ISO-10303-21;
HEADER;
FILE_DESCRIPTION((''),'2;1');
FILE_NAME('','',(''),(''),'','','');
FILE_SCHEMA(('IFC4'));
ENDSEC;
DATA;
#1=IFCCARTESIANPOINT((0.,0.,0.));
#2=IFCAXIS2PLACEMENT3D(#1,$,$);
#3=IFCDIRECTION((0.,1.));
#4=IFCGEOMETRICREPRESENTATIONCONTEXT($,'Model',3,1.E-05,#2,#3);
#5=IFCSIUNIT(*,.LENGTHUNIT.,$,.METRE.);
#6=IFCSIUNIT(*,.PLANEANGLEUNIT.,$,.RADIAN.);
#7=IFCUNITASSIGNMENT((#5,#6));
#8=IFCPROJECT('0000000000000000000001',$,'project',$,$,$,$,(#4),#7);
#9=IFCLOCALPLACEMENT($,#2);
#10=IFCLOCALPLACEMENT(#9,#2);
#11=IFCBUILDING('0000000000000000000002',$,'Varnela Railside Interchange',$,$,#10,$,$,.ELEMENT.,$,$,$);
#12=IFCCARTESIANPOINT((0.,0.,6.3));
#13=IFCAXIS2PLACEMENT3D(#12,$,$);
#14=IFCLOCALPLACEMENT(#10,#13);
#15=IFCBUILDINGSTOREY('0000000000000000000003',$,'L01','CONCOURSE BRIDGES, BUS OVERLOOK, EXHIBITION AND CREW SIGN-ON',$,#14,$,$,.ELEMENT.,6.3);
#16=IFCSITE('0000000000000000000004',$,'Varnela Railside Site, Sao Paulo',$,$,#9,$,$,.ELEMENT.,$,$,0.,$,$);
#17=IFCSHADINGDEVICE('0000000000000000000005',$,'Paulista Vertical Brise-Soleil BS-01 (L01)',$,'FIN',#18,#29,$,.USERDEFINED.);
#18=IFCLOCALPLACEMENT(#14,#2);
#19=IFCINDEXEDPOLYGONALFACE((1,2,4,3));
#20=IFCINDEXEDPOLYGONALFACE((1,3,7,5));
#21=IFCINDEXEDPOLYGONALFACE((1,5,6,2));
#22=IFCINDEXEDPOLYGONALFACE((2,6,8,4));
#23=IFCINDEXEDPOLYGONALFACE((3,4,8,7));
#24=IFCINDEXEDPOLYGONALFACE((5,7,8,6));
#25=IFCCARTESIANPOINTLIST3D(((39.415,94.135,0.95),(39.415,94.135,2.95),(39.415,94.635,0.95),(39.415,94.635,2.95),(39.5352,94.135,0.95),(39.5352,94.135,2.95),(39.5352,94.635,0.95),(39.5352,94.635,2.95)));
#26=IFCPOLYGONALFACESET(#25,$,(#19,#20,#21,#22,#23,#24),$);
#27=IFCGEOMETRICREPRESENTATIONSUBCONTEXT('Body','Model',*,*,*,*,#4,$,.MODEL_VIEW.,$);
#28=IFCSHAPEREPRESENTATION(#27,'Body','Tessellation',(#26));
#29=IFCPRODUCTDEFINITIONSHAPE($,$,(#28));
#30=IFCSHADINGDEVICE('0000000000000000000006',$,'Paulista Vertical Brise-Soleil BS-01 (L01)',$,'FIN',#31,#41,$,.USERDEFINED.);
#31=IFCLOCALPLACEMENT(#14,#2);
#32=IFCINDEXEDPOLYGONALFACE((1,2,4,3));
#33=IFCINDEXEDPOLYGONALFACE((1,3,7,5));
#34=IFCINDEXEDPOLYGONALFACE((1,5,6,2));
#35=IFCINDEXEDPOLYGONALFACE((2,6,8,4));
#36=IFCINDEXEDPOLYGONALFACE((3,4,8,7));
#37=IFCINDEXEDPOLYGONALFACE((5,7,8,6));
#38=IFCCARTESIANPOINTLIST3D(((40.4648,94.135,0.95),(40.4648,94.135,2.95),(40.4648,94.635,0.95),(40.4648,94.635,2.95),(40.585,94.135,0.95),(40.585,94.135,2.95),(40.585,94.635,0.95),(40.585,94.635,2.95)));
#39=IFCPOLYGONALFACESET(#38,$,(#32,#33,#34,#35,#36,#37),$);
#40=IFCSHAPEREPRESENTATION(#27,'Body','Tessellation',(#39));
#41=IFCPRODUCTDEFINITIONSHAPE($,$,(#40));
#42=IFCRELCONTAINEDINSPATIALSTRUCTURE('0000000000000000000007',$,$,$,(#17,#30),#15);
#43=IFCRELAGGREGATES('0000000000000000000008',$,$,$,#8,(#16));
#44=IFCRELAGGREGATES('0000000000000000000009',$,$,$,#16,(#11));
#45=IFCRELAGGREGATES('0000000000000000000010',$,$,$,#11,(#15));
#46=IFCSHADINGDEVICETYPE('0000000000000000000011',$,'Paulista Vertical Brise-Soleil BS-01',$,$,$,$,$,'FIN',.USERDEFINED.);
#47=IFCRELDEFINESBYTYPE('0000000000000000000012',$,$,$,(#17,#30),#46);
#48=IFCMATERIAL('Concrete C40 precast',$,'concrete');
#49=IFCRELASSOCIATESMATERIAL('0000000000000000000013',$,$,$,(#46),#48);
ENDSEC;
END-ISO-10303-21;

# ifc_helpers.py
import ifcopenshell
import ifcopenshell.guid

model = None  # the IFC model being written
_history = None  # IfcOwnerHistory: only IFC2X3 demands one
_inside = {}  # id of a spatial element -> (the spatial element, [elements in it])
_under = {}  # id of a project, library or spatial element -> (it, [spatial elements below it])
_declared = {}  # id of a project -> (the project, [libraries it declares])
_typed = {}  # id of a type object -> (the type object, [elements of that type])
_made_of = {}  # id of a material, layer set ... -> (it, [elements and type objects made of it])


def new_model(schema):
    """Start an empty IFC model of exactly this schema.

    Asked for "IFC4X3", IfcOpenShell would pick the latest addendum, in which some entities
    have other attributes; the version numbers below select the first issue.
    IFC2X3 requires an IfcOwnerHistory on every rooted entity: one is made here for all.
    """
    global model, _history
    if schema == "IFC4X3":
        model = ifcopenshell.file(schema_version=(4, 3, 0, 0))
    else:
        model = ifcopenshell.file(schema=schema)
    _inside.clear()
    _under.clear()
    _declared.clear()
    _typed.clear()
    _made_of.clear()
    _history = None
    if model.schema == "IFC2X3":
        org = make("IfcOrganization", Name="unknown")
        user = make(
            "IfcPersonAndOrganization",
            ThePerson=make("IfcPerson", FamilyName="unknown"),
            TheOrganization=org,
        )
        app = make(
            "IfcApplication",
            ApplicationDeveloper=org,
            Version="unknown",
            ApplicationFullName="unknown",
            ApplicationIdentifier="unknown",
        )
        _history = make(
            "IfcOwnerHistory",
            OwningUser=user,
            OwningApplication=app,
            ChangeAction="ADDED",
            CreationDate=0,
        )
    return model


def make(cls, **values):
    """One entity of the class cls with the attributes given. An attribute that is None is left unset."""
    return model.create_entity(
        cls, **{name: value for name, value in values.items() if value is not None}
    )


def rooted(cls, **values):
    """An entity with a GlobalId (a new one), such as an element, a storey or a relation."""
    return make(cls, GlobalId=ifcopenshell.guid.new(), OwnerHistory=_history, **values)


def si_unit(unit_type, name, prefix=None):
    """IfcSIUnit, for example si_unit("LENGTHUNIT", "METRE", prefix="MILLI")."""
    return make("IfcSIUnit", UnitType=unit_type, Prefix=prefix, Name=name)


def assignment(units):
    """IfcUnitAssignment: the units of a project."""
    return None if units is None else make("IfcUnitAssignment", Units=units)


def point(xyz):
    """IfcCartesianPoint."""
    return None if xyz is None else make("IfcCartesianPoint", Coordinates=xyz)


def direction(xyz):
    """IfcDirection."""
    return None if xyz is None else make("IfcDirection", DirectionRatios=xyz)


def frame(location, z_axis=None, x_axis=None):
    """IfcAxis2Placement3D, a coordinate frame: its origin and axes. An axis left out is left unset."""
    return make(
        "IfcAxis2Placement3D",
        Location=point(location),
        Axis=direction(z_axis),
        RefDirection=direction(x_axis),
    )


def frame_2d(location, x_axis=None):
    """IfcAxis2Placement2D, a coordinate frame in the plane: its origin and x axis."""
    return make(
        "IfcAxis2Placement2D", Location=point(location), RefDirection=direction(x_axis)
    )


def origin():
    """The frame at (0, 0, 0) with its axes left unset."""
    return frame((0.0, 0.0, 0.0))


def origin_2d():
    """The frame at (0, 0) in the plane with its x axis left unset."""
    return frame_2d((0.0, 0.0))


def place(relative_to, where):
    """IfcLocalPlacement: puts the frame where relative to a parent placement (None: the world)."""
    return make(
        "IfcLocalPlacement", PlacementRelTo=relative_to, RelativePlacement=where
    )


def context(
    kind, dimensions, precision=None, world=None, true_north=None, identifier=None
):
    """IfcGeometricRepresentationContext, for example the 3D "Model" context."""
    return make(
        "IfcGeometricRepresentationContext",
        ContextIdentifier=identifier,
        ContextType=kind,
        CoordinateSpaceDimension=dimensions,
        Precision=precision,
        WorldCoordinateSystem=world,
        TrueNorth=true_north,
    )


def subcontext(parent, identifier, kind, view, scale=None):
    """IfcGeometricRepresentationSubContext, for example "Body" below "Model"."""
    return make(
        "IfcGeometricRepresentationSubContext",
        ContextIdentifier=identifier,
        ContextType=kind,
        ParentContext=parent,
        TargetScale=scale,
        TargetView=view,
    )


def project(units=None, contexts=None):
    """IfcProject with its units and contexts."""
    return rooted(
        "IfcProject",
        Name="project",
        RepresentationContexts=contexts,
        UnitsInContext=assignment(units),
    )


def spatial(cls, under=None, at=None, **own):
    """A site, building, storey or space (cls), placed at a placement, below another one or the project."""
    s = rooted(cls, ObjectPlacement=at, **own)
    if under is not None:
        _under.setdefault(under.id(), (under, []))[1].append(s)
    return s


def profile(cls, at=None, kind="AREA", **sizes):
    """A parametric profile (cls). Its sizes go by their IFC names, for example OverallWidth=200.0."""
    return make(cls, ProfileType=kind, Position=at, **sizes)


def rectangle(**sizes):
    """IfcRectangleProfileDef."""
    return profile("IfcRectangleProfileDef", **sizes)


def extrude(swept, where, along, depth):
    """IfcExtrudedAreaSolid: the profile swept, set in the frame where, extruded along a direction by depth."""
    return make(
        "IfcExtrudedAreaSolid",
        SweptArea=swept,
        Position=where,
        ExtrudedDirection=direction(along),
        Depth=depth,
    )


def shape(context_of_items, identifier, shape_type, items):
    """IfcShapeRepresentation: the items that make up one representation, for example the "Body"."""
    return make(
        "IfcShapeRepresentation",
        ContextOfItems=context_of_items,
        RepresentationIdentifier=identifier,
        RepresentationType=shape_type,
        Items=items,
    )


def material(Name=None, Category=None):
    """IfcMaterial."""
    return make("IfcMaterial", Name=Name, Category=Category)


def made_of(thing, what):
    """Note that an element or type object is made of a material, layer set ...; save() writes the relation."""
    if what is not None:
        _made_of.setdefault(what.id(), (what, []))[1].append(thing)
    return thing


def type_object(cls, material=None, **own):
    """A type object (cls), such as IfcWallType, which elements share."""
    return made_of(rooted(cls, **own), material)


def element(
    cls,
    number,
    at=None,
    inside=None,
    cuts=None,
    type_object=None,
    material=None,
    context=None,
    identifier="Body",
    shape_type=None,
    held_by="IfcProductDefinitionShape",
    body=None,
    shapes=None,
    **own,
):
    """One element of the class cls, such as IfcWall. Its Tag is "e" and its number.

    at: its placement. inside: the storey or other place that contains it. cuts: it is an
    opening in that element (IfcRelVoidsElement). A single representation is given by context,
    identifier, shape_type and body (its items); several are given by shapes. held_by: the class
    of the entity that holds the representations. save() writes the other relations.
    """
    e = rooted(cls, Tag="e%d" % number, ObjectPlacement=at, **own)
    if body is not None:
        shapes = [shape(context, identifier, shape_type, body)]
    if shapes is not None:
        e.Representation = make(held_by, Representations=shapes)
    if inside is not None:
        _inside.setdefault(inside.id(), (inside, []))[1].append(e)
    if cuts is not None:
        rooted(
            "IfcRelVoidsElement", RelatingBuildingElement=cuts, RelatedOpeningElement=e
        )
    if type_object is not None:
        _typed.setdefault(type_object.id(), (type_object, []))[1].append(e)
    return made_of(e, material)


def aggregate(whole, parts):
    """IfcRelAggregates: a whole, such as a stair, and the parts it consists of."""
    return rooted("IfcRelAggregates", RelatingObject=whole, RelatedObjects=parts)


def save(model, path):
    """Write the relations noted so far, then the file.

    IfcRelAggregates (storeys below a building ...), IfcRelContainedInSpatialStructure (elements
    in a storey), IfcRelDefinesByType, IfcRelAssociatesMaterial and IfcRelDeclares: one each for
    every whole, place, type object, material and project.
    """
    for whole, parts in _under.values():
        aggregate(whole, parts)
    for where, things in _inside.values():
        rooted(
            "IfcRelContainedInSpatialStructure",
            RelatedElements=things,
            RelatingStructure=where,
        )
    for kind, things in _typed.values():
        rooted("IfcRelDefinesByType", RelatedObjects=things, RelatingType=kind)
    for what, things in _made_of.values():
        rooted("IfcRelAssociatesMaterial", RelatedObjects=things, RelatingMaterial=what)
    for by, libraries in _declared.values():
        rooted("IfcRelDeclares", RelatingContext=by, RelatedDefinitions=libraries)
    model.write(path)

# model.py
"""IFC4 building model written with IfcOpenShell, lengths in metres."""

from ifc_helpers import new_model, si_unit, direction, frame, origin, origin_2d, place, context, subcontext, project, spatial, rectangle, extrude, material, type_object, element, save


model = new_model("IFC4")

# Units and contexts
model_context = context("Model", 3, precision=1e-05, world=origin(), true_north=direction((0.0, 1.0)))
body_context = subcontext(model_context, "Body", "Model", "MODEL_VIEW")
ifc_project = project(units=[si_unit("LENGTHUNIT", "METRE"), si_unit("PLANEANGLEUNIT", "RADIAN")], contexts=[model_context])

# Site, building, storey
site_placement = place(None, origin())
site = spatial("IfcSite", under=ifc_project, at=site_placement, Name="Varnela Railside Site, Sao Paulo", CompositionType="ELEMENT", RefElevation=0.0)
building_placement = place(site_placement, origin())
building = spatial("IfcBuilding", under=site, at=building_placement, Name="Varnela Railside Interchange", CompositionType="ELEMENT")
storey_placement = place(building_placement, frame((0.0, 0.0, 6.3)))
storey = spatial("IfcBuildingStorey", under=building, at=storey_placement, Name="L01", Description="CONCOURSE BRIDGES, BUS OVERLOOK, EXHIBITION AND CREW SIGN-ON", CompositionType="ELEMENT", Elevation=6.3)

# Shared definitions
ifc_material_1 = material(Name="Concrete C40 precast", Category="concrete")

# Shading devices
shading_device_type = type_object("IfcShadingDeviceType", Name="Paulista Vertical Brise-Soleil BS-01", ElementType="FIN", PredefinedType="USERDEFINED", material=ifc_material_1)
for number, where, z_axis, x_axis, name in (
    (1, (39.4751, 94.385, 0.95), (0.0, 0.0, 1.0), (0.0, 1.0, 0.0), "Paulista Vertical Brise-Soleil BS-01 (L01)"),
    (2, (40.5249, 94.385, 0.95), (0.0, 0.0, 1.0), (0.0, 1.0, 0.0), "Paulista Vertical Brise-Soleil BS-01 (L01)"),
):
    element("IfcShadingDevice", number, at=place(storey_placement, frame(where, z_axis=z_axis, x_axis=x_axis)), inside=storey, type_object=shading_device_type, Name=name, ObjectType="FIN", PredefinedType="USERDEFINED", context=body_context, shape_type="SweptSolid", body=[
        extrude(rectangle(XDim=0.5, YDim=0.1201, at=origin_2d()), origin(), (0.0, 0.0, 1.0), 2.0),
    ])

save(model, "model.ifc")
